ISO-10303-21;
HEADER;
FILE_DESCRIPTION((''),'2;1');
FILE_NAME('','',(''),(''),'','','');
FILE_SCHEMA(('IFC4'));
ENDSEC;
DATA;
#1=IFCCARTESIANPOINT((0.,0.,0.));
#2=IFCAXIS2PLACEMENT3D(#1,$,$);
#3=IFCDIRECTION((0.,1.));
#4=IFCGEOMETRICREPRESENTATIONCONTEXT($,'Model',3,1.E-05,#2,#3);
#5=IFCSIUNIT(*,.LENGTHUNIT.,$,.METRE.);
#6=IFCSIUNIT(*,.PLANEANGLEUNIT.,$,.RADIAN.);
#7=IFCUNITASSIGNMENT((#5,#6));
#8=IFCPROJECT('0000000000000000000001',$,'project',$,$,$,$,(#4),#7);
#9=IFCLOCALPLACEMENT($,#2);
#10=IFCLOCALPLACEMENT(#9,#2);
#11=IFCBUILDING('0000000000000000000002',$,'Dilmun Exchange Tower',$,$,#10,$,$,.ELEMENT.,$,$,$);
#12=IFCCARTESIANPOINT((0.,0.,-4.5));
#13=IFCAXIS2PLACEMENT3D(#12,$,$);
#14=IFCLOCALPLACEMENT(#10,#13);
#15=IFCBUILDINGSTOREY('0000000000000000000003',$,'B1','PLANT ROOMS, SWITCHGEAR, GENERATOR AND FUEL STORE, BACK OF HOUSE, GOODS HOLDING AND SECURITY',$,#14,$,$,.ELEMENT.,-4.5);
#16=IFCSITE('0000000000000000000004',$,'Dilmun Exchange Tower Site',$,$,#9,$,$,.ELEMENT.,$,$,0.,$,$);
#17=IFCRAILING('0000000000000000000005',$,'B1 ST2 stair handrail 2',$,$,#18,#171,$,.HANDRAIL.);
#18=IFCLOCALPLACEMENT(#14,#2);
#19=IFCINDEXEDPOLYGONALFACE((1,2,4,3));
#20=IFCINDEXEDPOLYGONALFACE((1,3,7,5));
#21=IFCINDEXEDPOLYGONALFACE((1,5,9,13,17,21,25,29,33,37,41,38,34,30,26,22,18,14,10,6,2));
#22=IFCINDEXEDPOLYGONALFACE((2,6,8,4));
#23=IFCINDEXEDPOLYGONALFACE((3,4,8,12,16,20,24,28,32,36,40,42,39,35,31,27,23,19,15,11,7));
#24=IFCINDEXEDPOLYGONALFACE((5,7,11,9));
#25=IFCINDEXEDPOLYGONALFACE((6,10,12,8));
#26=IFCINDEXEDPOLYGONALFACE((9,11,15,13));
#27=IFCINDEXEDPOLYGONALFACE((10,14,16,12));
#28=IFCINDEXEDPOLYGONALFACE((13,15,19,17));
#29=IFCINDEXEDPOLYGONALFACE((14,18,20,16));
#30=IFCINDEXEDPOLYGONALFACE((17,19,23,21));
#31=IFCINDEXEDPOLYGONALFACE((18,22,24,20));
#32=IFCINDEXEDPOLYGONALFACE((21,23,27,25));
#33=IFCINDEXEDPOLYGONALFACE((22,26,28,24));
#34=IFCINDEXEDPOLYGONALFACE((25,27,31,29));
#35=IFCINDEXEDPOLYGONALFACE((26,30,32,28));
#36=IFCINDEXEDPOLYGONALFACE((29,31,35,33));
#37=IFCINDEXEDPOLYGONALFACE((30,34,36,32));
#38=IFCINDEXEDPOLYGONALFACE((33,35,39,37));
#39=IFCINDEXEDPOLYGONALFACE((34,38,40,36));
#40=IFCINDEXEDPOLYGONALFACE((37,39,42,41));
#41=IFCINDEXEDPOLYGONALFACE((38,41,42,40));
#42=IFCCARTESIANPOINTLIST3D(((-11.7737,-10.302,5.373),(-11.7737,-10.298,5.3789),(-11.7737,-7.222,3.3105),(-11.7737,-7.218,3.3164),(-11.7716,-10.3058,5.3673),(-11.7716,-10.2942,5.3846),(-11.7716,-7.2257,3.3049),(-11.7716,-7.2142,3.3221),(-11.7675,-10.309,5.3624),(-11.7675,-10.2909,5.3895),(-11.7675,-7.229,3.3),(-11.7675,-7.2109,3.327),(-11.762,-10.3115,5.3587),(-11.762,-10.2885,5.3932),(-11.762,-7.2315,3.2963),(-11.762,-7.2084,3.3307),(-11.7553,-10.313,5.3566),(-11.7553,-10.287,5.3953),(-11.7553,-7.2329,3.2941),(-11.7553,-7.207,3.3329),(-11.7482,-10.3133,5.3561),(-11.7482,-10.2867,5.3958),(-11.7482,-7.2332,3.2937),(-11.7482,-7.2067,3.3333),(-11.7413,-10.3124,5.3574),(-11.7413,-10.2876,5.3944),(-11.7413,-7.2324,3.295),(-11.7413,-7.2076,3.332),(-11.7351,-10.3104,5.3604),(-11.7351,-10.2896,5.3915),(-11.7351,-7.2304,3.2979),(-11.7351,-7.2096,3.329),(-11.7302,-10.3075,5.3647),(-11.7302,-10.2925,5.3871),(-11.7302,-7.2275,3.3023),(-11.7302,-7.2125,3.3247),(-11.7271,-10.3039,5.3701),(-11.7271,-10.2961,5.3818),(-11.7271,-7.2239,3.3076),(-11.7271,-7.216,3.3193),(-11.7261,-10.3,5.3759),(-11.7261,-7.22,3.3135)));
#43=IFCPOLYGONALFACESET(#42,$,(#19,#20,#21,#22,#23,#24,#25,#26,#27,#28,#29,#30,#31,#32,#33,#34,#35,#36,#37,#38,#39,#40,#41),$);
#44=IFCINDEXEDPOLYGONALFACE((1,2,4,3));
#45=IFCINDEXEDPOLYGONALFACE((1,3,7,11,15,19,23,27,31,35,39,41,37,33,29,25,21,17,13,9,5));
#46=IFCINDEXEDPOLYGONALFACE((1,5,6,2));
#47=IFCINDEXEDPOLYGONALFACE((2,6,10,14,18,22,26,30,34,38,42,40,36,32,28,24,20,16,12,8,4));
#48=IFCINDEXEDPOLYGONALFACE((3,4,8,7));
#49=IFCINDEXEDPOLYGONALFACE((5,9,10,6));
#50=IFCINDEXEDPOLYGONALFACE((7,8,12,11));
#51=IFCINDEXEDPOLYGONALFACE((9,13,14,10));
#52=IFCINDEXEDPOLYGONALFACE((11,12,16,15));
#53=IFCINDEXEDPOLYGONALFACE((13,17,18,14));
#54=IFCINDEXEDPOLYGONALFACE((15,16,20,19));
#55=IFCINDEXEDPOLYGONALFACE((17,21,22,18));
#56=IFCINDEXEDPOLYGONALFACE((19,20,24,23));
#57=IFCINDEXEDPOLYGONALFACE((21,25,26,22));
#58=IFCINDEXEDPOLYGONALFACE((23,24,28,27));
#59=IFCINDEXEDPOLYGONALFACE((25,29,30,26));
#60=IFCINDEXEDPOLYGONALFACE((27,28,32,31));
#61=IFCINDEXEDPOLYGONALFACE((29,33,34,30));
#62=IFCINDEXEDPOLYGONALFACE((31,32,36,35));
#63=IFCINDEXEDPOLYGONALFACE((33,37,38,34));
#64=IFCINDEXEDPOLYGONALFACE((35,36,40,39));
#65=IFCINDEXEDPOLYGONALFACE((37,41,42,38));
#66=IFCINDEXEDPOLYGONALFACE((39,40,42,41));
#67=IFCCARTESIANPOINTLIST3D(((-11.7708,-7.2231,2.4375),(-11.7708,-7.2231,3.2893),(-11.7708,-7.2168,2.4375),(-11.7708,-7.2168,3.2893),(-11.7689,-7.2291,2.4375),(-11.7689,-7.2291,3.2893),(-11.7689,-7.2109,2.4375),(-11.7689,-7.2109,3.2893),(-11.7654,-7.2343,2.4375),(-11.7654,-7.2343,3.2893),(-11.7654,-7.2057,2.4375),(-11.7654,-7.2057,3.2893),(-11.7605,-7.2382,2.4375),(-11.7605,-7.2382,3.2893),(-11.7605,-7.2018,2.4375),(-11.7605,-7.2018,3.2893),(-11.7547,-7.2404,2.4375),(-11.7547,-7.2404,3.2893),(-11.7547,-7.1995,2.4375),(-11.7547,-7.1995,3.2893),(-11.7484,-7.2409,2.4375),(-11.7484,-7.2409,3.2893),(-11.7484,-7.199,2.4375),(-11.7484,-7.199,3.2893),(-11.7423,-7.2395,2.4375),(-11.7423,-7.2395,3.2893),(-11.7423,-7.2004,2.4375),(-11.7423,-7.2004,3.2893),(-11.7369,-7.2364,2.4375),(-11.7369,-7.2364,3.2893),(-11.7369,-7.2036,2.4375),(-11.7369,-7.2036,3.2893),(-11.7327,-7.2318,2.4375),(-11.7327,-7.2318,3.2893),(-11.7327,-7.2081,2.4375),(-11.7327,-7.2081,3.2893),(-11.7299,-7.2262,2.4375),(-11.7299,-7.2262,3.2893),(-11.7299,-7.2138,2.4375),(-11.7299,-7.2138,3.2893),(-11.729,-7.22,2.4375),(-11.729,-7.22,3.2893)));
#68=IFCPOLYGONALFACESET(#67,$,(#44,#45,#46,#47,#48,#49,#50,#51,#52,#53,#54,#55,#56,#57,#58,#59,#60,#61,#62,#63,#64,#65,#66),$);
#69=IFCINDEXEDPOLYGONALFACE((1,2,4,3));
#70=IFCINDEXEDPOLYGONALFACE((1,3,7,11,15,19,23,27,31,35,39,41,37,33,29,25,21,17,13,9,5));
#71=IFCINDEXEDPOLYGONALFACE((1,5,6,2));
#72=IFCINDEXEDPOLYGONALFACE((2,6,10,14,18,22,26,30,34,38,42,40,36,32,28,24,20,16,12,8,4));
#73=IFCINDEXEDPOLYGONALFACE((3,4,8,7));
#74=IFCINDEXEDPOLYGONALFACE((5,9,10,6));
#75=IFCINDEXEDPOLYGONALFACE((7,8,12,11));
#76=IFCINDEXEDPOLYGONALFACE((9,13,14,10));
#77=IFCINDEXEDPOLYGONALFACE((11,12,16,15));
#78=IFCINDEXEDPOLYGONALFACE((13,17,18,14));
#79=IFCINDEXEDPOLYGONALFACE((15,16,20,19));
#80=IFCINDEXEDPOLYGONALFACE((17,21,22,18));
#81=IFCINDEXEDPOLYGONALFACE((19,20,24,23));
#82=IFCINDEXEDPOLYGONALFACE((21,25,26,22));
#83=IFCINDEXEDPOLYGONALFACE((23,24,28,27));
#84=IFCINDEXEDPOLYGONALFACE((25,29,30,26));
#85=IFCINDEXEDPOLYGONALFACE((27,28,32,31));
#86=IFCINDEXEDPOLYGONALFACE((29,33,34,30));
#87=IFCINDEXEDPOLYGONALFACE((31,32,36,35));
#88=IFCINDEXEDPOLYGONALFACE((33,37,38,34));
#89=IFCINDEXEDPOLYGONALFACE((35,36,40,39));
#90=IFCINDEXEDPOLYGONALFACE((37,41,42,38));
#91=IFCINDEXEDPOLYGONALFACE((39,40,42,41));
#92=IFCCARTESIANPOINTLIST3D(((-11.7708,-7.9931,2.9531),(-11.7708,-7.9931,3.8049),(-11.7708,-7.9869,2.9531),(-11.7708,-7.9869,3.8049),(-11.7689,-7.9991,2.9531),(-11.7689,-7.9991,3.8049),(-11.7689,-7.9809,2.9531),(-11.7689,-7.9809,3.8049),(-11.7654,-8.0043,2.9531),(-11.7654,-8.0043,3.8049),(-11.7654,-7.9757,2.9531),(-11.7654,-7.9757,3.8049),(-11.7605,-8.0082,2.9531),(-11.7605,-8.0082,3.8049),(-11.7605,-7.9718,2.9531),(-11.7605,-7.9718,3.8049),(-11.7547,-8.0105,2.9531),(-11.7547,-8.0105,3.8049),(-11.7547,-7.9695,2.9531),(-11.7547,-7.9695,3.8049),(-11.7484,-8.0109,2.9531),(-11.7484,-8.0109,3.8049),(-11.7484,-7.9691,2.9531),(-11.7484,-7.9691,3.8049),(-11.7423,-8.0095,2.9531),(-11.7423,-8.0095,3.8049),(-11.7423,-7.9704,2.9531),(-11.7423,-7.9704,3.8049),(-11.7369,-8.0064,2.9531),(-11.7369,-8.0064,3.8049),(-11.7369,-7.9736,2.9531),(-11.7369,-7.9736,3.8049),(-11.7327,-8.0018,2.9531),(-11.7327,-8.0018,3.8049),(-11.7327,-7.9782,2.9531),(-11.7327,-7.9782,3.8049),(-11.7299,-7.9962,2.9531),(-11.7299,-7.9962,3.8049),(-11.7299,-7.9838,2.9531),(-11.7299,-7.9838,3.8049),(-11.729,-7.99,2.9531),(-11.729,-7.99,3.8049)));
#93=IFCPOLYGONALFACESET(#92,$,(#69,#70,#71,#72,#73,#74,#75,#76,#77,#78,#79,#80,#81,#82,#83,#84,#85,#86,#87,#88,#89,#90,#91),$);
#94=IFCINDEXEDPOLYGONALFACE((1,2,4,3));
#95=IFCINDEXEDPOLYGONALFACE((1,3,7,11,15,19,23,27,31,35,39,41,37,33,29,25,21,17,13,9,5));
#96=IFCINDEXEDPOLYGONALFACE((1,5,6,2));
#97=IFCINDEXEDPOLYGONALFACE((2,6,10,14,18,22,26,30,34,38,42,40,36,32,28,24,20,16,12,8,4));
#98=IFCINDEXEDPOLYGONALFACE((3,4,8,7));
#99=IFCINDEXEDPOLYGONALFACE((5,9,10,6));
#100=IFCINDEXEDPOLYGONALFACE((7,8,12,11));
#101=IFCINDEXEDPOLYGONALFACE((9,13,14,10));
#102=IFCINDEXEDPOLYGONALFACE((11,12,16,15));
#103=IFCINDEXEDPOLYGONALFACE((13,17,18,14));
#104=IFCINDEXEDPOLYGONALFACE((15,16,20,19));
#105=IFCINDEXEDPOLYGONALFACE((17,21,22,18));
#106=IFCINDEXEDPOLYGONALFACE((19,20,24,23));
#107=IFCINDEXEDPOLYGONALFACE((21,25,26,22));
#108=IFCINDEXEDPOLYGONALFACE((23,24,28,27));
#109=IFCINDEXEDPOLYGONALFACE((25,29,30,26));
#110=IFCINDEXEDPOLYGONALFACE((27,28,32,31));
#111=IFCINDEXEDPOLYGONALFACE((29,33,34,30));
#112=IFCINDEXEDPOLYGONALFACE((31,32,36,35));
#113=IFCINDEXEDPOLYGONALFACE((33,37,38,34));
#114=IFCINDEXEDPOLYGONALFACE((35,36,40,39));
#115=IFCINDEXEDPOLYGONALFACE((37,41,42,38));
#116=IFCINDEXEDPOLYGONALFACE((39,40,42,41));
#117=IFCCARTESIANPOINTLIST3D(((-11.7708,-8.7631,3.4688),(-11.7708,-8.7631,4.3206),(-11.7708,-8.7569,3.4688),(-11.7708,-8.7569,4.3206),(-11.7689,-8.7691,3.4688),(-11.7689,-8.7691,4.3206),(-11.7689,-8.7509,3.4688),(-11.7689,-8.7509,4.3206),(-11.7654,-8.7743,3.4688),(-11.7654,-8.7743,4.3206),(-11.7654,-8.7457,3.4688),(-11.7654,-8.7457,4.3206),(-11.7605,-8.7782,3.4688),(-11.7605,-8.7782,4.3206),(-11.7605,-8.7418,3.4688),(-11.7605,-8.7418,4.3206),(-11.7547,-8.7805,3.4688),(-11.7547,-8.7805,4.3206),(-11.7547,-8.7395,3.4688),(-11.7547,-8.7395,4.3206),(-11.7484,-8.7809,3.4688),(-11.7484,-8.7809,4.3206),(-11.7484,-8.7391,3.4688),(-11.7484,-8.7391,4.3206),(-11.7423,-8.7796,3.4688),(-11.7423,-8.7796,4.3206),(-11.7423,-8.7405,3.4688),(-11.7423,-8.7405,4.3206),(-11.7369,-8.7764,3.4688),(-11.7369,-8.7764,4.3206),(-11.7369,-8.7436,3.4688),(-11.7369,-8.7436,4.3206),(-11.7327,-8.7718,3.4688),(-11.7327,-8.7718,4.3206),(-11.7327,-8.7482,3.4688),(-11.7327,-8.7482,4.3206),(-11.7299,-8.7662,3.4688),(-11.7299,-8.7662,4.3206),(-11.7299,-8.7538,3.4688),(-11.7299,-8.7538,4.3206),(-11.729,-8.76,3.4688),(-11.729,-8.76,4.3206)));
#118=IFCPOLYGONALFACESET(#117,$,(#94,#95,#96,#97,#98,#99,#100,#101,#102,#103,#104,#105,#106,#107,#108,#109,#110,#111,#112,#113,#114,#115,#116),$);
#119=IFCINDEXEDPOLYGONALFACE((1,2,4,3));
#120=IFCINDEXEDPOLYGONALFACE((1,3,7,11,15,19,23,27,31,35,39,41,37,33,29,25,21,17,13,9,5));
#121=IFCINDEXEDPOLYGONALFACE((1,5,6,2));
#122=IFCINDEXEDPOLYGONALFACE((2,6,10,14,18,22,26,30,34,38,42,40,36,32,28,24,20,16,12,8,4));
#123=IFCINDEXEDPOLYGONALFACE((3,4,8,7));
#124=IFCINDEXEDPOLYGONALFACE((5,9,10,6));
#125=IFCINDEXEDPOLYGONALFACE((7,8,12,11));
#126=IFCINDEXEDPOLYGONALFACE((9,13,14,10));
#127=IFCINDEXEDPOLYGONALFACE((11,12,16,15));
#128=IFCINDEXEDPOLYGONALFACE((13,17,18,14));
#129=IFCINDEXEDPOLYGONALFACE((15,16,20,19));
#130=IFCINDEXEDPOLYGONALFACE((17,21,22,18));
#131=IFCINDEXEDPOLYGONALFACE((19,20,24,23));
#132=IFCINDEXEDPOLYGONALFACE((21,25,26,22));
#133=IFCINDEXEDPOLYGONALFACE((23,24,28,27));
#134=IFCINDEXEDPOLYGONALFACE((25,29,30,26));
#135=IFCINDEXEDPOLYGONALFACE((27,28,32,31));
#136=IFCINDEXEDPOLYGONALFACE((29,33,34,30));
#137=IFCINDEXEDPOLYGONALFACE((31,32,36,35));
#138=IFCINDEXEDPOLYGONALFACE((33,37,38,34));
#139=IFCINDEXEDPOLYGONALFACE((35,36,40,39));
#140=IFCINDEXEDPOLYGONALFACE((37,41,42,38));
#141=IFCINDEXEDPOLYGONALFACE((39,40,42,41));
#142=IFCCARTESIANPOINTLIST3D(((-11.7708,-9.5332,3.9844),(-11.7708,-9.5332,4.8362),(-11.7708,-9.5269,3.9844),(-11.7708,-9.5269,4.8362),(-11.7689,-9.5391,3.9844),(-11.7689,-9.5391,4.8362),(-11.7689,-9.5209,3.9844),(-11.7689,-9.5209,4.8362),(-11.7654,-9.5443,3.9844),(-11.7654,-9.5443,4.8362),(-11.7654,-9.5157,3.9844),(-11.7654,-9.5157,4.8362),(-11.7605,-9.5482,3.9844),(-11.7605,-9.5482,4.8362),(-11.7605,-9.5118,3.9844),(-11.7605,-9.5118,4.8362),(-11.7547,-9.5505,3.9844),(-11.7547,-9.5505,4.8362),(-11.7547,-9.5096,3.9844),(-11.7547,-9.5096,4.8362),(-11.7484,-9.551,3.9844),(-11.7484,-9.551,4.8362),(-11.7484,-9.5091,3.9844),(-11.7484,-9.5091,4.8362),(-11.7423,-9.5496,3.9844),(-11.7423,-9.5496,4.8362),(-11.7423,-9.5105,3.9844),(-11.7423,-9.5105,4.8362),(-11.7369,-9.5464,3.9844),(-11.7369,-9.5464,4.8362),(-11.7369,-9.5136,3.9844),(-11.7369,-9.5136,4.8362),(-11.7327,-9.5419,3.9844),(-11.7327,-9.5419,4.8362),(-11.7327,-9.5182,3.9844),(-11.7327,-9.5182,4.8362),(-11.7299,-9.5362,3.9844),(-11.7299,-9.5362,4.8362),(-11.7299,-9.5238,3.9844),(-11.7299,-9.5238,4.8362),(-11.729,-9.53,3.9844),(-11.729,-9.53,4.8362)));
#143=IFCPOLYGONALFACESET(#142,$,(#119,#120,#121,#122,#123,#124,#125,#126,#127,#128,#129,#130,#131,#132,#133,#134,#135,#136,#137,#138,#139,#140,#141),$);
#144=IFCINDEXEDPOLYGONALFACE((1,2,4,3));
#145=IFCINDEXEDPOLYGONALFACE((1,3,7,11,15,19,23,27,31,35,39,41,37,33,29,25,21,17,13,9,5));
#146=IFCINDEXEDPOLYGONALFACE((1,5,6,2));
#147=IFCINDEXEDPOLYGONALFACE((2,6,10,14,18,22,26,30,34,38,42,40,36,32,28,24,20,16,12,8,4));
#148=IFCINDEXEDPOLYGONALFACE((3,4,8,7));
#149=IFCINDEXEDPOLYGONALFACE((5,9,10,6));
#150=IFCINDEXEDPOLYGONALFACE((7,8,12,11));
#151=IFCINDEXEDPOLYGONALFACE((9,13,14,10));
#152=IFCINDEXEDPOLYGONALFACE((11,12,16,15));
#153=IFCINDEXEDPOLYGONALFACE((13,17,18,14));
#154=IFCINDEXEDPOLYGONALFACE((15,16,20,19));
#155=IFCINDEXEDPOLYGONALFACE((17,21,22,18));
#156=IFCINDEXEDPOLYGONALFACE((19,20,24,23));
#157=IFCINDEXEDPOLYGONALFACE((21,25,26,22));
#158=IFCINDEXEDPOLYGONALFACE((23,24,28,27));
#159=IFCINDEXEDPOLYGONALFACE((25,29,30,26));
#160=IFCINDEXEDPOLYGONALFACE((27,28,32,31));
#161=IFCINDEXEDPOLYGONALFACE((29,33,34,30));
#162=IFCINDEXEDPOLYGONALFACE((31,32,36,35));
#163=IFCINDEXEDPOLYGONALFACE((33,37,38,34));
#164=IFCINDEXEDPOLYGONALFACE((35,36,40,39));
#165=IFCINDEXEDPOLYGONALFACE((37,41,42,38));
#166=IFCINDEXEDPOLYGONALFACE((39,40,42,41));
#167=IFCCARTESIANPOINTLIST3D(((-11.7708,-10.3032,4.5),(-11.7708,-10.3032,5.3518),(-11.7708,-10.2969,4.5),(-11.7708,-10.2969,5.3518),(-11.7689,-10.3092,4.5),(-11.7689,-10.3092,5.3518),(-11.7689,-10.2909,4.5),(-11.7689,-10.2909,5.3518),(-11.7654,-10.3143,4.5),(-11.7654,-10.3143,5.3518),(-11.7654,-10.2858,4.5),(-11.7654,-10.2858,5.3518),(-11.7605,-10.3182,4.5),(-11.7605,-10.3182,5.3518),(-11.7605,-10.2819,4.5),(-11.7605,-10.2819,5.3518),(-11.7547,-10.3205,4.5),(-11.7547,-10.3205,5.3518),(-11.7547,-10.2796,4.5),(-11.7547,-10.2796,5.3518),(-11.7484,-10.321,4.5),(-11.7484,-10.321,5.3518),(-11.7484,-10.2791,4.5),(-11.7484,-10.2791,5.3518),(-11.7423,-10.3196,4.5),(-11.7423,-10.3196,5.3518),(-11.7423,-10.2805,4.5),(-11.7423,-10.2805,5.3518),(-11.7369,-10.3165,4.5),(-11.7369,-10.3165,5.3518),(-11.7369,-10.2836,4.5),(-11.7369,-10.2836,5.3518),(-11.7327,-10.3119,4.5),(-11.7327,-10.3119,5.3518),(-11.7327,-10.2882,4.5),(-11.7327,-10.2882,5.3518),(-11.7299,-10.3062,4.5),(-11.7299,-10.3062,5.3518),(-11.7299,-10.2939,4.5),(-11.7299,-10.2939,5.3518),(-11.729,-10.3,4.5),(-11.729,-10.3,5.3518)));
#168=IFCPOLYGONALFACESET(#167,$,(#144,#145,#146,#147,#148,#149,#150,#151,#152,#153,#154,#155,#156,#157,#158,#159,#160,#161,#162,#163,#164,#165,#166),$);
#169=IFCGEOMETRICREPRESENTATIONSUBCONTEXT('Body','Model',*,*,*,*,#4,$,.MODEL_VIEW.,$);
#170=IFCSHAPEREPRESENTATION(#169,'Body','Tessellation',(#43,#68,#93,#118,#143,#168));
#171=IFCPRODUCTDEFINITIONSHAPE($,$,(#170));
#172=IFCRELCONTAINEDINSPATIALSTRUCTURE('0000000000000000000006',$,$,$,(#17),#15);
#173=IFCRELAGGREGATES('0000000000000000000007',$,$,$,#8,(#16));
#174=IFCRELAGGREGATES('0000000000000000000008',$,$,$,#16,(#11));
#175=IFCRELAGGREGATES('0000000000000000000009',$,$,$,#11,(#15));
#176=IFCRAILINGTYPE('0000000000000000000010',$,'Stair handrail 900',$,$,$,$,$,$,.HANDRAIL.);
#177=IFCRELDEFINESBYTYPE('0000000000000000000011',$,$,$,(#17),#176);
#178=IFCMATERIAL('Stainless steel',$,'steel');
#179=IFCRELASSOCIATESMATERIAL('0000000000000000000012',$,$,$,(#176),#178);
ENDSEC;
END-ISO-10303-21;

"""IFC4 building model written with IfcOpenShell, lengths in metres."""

from ifc_helpers import new_model, si_unit, direction, frame, origin, origin_2d, place, context, subcontext, project, spatial, circle, extrude, material, type_object, element, save


model = new_model("IFC4")

# Units and contexts
model_context = context("Model", 3, precision=1e-05, world=origin(), true_north=direction((0.0, 1.0)))
body_context = subcontext(model_context, "Body", "Model", "MODEL_VIEW")
ifc_project = project(units=[si_unit("LENGTHUNIT", "METRE"), si_unit("PLANEANGLEUNIT", "RADIAN")], contexts=[model_context])

# Site, building, storey
site_placement = place(None, origin())
site = spatial("IfcSite", under=ifc_project, at=site_placement, Name="Dilmun Exchange Tower Site", CompositionType="ELEMENT", RefElevation=0.0)
building_placement = place(site_placement, origin())
building = spatial("IfcBuilding", under=site, at=building_placement, Name="Dilmun Exchange Tower", CompositionType="ELEMENT")
storey_placement = place(building_placement, frame((0.0, 0.0, -4.5)))
storey = spatial("IfcBuildingStorey", under=building, at=storey_placement, Name="B1", Description="PLANT ROOMS, SWITCHGEAR, GENERATOR AND FUEL STORE, BACK OF HOUSE, GOODS HOLDING AND SECURITY", CompositionType="ELEMENT", Elevation=-4.5)

# Railing
ifc_material_1 = material(Name="Stainless steel", Category="steel")
railing_type = type_object("IfcRailingType", Name="Stair handrail 900", PredefinedType="HANDRAIL", material=ifc_material_1)
railing_placement = place(storey_placement, frame((-11.75, -7.22, 2.4375)))
element("IfcRailing", 1, at=railing_placement, inside=storey, type_object=railing_type, Name="B1 ST2 stair handrail 2", PredefinedType="HANDRAIL", context=body_context, shape_type="SweptSolid", body=[
    extrude(circle(Radius=0.0239, at=origin_2d()), frame((0.0, 0.0, 0.876), z_axis=(0.0, -0.830914, 0.556401), x_axis=(1.0, 0.0, 0.0)), (0.0, 0.0, 1.0), 3.7068),
    extrude(circle(Radius=0.021, at=origin_2d()), origin(), (0.0, 0.0, 1.0), 0.8518),
    extrude(circle(Radius=0.021, at=origin_2d()), frame((0.0, -0.77, 0.5156)), (0.0, 0.0, 1.0), 0.8518),
    extrude(circle(Radius=0.021, at=origin_2d()), frame((0.0, -1.54, 1.0312)), (0.0, 0.0, 1.0), 0.8518),
    extrude(circle(Radius=0.021, at=origin_2d()), frame((0.0, -2.3101, 1.5469)), (0.0, 0.0, 1.0), 0.8518),
    extrude(circle(Radius=0.021, at=origin_2d()), frame((0.0, -3.0801, 2.0625)), (0.0, 0.0, 1.0), 0.8518),
])

save(model, "model.ifc")
